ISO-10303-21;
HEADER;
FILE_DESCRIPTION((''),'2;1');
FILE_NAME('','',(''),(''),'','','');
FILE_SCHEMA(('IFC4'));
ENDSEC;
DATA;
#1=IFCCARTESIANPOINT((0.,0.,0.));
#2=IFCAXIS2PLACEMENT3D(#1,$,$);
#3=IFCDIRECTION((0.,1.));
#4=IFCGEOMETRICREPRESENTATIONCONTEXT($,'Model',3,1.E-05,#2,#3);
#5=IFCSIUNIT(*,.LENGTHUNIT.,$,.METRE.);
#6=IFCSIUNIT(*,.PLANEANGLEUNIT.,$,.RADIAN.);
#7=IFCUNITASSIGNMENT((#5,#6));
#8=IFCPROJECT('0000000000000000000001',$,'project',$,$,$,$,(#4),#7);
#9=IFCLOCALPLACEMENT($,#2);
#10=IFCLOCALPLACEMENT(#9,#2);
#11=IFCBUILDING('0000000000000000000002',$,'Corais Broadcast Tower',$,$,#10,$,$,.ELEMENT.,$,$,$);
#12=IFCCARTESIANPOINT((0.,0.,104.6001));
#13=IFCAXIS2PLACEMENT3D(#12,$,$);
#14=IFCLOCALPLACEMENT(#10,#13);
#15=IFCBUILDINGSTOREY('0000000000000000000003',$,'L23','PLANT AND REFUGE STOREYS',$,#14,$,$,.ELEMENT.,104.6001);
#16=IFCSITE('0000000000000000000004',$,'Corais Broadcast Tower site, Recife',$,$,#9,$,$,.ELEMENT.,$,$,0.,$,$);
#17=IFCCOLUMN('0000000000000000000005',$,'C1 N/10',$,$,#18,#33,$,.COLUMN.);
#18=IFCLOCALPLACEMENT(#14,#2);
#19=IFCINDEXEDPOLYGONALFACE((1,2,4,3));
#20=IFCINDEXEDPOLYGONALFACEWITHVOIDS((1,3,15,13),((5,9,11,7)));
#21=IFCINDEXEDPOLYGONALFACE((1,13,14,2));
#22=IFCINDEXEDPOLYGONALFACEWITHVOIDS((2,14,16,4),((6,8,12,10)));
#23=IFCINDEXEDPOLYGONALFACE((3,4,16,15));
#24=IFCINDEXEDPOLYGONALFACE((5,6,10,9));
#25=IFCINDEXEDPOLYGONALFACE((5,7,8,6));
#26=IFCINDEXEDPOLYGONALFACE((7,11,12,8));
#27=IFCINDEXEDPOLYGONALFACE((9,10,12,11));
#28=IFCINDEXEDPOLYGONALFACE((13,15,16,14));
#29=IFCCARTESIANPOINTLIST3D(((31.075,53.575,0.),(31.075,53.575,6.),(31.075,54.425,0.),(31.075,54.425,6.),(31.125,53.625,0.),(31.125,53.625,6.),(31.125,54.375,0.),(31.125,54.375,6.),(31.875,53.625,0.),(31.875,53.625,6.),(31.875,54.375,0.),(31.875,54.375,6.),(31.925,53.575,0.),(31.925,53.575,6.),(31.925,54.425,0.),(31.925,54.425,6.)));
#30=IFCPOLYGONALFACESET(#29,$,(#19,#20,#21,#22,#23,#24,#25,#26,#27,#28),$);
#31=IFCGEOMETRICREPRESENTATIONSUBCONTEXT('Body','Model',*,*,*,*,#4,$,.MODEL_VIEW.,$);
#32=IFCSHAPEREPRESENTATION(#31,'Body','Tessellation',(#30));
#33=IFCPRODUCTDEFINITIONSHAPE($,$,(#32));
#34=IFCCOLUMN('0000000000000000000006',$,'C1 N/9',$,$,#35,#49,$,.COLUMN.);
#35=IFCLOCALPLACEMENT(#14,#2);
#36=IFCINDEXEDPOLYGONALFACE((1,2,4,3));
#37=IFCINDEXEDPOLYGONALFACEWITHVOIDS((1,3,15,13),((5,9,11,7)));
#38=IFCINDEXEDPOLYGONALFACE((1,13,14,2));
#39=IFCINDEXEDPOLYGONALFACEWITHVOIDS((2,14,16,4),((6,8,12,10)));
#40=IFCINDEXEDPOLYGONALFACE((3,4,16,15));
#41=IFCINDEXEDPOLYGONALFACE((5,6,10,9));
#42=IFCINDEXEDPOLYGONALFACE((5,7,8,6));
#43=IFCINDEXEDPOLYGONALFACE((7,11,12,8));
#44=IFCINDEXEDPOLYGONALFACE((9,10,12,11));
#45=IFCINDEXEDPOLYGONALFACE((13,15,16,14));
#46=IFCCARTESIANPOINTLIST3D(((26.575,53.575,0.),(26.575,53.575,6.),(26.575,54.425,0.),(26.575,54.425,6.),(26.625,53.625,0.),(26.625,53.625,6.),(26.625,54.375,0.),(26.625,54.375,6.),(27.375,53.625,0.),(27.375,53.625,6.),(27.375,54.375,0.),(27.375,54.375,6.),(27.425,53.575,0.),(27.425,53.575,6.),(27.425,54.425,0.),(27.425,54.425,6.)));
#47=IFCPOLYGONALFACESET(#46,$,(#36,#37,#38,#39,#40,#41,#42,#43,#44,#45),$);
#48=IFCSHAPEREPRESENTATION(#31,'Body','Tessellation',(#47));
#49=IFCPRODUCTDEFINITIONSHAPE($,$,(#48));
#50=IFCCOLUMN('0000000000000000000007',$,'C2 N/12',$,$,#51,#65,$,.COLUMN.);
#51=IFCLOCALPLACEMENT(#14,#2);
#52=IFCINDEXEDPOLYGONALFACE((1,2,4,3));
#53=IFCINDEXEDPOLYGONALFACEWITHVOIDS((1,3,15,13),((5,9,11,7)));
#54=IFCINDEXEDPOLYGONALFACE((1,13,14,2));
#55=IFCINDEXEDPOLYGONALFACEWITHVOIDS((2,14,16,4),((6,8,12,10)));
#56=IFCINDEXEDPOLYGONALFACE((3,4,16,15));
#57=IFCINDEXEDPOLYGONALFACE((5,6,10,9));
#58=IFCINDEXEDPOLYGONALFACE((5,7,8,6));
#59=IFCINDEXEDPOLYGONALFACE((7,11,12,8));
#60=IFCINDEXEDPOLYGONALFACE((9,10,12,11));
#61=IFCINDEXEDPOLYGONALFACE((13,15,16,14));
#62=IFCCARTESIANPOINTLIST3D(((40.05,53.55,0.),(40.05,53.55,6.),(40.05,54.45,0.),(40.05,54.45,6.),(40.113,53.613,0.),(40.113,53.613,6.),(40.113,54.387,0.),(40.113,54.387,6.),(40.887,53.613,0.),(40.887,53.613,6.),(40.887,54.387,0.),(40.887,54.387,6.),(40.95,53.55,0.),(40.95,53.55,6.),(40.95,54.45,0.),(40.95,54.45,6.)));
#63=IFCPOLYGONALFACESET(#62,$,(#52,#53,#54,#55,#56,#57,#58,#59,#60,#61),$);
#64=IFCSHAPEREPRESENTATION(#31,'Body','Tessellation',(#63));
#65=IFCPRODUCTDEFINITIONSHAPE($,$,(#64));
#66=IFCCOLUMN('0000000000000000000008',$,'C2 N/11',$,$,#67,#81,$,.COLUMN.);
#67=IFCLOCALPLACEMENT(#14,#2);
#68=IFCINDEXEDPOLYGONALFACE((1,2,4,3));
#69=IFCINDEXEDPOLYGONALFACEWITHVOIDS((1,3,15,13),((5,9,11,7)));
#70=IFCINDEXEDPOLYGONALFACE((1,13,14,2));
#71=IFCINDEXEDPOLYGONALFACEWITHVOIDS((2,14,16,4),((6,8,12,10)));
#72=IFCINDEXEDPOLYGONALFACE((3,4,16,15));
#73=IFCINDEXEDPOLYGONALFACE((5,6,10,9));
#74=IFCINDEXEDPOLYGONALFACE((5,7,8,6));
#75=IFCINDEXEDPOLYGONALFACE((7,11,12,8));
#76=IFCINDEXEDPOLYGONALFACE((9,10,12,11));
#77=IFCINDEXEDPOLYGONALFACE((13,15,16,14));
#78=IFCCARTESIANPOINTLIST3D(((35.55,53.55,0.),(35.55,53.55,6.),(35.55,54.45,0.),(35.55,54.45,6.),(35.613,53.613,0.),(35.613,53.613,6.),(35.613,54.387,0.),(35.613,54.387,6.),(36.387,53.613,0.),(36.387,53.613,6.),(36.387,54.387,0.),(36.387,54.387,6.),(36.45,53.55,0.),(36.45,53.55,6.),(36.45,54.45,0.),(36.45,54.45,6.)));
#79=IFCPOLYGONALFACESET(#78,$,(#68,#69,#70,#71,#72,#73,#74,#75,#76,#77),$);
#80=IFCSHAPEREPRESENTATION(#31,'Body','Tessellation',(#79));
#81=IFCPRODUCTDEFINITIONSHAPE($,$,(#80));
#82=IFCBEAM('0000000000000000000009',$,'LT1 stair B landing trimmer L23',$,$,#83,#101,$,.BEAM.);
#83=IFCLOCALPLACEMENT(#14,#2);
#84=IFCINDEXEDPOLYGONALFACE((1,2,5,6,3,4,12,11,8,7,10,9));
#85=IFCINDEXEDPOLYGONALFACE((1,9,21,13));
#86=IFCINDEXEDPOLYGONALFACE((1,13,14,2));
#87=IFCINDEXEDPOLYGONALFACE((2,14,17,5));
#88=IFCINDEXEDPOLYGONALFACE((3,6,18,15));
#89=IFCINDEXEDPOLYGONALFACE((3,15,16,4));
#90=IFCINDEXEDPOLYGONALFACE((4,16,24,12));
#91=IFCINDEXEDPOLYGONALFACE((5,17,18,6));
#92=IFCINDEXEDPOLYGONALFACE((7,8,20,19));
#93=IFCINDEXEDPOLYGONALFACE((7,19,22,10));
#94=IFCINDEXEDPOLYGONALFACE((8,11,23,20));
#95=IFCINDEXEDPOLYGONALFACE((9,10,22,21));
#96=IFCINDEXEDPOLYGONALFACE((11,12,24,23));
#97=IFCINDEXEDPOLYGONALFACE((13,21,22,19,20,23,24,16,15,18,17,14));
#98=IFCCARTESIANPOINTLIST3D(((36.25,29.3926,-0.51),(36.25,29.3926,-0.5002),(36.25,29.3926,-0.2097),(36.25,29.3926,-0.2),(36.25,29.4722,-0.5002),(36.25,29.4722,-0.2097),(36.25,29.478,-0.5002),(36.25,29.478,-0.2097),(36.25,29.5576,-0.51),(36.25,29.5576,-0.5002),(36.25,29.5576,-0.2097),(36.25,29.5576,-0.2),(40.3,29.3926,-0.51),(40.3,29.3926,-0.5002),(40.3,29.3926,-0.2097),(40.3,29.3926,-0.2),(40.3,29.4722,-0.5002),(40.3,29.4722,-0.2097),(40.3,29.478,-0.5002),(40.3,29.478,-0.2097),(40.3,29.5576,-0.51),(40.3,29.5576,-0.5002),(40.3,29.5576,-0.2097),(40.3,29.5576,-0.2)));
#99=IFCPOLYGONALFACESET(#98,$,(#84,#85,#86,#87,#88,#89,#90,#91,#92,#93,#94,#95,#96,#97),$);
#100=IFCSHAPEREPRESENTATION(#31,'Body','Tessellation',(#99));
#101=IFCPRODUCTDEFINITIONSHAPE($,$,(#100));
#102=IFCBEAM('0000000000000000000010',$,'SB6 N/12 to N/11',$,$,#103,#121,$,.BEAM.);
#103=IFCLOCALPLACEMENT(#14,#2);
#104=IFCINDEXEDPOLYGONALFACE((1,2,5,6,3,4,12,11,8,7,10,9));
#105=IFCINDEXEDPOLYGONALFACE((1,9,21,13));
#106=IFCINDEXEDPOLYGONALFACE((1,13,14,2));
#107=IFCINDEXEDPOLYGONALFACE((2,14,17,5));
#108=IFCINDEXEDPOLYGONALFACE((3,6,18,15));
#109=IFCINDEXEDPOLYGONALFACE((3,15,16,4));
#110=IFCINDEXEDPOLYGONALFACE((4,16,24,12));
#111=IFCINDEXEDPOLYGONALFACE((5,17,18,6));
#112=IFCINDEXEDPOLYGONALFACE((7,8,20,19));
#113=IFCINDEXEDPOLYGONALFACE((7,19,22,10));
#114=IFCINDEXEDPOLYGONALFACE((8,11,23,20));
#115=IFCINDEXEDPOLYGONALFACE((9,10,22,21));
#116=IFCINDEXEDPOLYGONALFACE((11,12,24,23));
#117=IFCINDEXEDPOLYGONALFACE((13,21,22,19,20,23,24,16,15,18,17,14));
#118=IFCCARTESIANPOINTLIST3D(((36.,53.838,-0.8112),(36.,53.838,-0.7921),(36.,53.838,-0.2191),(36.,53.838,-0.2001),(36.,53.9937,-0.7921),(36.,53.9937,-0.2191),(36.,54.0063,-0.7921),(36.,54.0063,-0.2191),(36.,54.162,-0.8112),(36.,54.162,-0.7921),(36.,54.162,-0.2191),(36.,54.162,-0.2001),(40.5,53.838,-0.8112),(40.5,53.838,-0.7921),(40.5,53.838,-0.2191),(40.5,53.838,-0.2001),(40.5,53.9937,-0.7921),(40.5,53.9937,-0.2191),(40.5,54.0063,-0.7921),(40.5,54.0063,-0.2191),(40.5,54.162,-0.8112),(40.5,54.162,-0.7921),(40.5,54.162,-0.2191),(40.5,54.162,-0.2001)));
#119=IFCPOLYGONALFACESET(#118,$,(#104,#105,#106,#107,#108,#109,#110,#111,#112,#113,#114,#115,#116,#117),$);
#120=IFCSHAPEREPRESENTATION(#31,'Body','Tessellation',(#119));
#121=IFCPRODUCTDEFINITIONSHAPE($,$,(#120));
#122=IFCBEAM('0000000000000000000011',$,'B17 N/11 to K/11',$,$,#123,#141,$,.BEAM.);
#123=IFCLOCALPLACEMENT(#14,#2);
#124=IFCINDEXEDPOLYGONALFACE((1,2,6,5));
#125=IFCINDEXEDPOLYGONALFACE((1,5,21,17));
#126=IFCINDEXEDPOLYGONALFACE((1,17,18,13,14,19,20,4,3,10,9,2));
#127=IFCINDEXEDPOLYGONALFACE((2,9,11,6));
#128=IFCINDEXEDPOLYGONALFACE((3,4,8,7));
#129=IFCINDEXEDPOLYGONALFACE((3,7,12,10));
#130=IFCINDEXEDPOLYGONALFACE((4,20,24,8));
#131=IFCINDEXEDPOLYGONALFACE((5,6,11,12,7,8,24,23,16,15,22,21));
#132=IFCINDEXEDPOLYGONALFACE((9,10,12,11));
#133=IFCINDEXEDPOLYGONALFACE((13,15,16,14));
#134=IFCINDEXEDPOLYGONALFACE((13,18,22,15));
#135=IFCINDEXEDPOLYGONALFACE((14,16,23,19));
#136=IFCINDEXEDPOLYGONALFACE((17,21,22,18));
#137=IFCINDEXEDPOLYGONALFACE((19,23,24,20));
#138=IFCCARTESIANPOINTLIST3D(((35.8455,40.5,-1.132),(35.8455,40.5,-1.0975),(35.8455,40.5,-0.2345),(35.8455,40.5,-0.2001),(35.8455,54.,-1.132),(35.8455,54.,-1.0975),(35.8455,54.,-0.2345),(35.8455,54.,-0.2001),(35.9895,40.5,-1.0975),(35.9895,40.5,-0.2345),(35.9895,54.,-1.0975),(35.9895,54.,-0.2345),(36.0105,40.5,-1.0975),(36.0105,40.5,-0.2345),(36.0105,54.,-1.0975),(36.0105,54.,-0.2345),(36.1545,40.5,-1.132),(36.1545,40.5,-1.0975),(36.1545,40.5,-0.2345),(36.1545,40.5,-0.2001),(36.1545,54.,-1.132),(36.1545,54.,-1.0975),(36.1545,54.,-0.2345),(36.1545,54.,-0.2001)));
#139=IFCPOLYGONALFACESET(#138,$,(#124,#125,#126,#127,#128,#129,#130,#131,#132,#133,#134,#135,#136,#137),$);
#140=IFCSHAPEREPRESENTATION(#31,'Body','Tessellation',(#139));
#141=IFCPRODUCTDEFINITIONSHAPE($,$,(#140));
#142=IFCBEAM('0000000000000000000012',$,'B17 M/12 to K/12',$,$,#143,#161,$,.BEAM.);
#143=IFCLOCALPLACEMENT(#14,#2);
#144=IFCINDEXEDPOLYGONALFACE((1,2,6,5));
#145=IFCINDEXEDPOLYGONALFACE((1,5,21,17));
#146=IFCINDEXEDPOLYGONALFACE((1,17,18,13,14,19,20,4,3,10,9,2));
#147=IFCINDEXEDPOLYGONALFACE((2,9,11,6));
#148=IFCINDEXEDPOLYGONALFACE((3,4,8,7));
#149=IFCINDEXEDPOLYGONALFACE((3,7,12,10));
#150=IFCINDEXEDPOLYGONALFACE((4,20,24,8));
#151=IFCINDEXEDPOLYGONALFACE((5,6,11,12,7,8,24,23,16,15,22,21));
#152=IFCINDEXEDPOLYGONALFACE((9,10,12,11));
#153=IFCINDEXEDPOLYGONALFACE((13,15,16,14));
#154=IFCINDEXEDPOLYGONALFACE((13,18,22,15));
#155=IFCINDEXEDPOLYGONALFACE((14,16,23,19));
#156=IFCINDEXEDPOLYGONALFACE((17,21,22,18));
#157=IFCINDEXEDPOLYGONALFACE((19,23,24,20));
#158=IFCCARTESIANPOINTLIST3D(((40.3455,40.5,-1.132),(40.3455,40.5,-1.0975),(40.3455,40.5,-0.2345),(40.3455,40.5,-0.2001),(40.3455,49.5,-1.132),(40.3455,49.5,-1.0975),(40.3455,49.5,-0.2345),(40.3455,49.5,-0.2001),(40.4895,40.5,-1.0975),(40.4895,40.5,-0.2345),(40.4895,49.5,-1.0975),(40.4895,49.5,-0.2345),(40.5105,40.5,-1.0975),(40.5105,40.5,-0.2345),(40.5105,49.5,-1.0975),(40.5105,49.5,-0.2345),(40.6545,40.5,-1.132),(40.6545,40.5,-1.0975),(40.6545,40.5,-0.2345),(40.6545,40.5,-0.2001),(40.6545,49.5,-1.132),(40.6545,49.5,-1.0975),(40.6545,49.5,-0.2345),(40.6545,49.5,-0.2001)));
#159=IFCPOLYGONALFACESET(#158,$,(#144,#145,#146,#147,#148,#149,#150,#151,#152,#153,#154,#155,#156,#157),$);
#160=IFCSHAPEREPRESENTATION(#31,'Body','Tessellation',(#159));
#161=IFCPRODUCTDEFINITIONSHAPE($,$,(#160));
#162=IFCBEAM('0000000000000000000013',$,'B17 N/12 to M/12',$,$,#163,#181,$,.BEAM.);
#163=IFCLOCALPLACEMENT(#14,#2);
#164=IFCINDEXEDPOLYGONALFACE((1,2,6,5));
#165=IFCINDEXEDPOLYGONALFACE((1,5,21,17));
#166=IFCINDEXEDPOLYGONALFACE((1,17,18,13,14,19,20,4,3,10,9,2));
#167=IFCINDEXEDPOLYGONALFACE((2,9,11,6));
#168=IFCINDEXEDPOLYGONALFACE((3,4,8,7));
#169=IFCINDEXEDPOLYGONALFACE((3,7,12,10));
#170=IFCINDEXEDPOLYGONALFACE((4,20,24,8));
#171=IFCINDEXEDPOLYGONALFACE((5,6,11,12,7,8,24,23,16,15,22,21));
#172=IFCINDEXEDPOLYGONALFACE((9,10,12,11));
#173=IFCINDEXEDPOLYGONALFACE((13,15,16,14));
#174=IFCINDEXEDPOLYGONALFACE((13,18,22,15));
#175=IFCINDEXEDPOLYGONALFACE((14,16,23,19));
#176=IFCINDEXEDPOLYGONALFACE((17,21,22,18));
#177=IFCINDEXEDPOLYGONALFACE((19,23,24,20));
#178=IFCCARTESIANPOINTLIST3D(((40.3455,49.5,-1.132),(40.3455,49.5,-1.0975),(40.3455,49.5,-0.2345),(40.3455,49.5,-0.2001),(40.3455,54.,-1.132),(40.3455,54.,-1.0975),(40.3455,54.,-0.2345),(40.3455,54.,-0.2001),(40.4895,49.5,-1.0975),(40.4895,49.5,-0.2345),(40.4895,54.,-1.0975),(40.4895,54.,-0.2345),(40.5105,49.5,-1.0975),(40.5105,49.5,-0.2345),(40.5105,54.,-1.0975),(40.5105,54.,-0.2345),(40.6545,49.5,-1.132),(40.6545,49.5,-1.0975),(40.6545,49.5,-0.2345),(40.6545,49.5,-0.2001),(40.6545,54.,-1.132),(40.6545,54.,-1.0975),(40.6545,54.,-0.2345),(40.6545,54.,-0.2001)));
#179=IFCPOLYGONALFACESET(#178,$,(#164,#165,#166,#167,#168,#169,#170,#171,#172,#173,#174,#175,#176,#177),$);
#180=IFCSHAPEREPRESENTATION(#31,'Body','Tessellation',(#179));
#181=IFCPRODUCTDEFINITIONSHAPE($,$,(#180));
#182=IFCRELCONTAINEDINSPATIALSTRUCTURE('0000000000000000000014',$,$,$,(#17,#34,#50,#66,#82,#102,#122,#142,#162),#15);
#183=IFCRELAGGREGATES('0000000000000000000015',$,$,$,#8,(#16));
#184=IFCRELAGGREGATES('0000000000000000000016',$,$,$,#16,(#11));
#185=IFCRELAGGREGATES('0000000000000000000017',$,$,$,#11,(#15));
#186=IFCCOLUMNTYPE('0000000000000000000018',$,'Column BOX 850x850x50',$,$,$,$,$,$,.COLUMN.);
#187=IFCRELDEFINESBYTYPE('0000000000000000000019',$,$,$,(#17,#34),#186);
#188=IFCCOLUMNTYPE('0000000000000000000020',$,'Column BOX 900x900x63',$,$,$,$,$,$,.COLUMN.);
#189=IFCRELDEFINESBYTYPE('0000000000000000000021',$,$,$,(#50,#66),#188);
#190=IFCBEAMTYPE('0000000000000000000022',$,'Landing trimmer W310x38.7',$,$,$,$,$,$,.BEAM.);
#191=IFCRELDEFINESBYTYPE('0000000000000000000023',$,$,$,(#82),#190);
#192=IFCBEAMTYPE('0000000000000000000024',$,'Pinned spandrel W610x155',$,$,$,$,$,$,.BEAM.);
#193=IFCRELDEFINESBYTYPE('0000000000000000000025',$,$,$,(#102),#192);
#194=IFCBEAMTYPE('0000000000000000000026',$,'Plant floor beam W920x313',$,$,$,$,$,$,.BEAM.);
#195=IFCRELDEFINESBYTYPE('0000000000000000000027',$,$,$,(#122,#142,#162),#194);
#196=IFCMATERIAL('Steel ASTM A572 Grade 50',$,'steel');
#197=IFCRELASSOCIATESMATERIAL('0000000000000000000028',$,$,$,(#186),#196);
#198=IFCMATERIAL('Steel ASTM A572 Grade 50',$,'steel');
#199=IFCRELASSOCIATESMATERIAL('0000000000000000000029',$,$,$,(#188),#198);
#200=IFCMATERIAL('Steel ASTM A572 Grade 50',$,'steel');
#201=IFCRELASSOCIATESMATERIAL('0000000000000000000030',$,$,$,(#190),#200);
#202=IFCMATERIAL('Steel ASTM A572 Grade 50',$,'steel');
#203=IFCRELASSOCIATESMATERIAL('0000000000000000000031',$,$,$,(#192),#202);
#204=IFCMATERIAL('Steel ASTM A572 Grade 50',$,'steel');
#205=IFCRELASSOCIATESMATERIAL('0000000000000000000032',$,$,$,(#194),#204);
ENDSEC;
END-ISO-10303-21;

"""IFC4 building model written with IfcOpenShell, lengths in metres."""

from ifc_helpers import new_model, si_unit, direction, frame, origin, origin_2d, place, context, subcontext, project, spatial, hollow_rectangle, i_section, extrude, material, material_profile, profile_set, type_object, element, save


model = new_model("IFC4")

# Units and contexts
model_context = context("Model", 3, precision=1e-05, world=origin(), true_north=direction((0.0, 1.0)))
body_context = subcontext(model_context, "Body", "Model", "MODEL_VIEW")
ifc_project = project(units=[si_unit("LENGTHUNIT", "METRE"), si_unit("PLANEANGLEUNIT", "RADIAN")], contexts=[model_context])

# Site, building, storey
site_placement = place(None, origin())
site = spatial("IfcSite", under=ifc_project, at=site_placement, Name="Corais Broadcast Tower site, Recife", CompositionType="ELEMENT", RefElevation=0.0)
building_placement = place(site_placement, origin())
building = spatial("IfcBuilding", under=site, at=building_placement, Name="Corais Broadcast Tower", CompositionType="ELEMENT")
storey_placement = place(building_placement, frame((0.0, 0.0, 104.6001)))
storey = spatial("IfcBuildingStorey", under=building, at=storey_placement, Name="L23", Description="PLANT AND REFUGE STOREYS", CompositionType="ELEMENT", Elevation=104.6001)

# Columns
ifc_material_1 = material(Name="Steel ASTM A572 Grade 50", Category="steel")
ifc_material_profile_1 = material_profile(ifc_material_1, hollow_rectangle(XDim=0.8501, YDim=0.8501, WallThickness=0.05, at=origin_2d()), Name="BOX 850x850x50")
ifc_profile_set_1 = profile_set([ifc_material_profile_1], Name="Steel ASTM A572 Grade 50")
column_type_1 = type_object("IfcColumnType", Name="Column BOX 850x850x50", PredefinedType="COLUMN", material=ifc_profile_set_1)
for number, where, z_axis, x_axis, name in (
    (1, (31.5, 54.0, 0.0), (0.0, 0.0, 1.0), (1.0, 0.0, 0.0), "C1 N/10"),
    (2, (27.0, 54.0, 0.0), (0.0, 0.0, 1.0), (1.0, 0.0, 0.0), "C1 N/9"),
):
    element("IfcColumn", number, at=place(storey_placement, frame(where, z_axis=z_axis, x_axis=x_axis)), inside=storey, type_object=column_type_1, Name=name, PredefinedType="COLUMN", context=body_context, shape_type="SweptSolid", body=[
        extrude(hollow_rectangle(XDim=0.8501, YDim=0.8501, WallThickness=0.05, at=origin_2d()), origin(), (0.0, 0.0, 1.0), 6.0),
    ])
ifc_material_2 = material(Name="Steel ASTM A572 Grade 50", Category="steel")
ifc_material_profile_2 = material_profile(ifc_material_2, hollow_rectangle(XDim=0.8999, YDim=0.8999, WallThickness=0.063, at=origin_2d()), Name="BOX 900x900x63")
ifc_profile_set_2 = profile_set([ifc_material_profile_2], Name="Steel ASTM A572 Grade 50")
column_type_2 = type_object("IfcColumnType", Name="Column BOX 900x900x63", PredefinedType="COLUMN", material=ifc_profile_set_2)
for number, where, z_axis, x_axis, name in (
    (3, (40.5, 54.0, 0.0), (0.0, 0.0, 1.0), (1.0, 0.0, 0.0), "C2 N/12"),
    (4, (36.0, 54.0, 0.0), (0.0, 0.0, 1.0), (1.0, 0.0, 0.0), "C2 N/11"),
):
    element("IfcColumn", number, at=place(storey_placement, frame(where, z_axis=z_axis, x_axis=x_axis)), inside=storey, type_object=column_type_2, Name=name, PredefinedType="COLUMN", context=body_context, shape_type="SweptSolid", body=[
        extrude(hollow_rectangle(XDim=0.8999, YDim=0.8999, WallThickness=0.063, at=origin_2d()), origin(), (0.0, 0.0, 1.0), 6.0),
    ])

# Beams
ifc_material_3 = material(Name="Steel ASTM A572 Grade 50", Category="steel")
ifc_material_profile_3 = material_profile(ifc_material_3, i_section(OverallWidth=0.165, OverallDepth=0.3101, WebThickness=0.0059, FlangeThickness=0.0098, at=origin_2d()), Name="W310x38.7")
ifc_profile_set_3 = profile_set([ifc_material_profile_3], Name="Steel ASTM A572 Grade 50")
beam_type_1 = type_object("IfcBeamType", Name="Landing trimmer W310x38.7", PredefinedType="BEAM", material=ifc_profile_set_3)
beam_1_placement = place(storey_placement, frame((36.25, 29.4751, -0.355), z_axis=(1.0, 0.0, 0.0), x_axis=(0.0, 1.0, 0.0)))
element("IfcBeam", 5, at=beam_1_placement, inside=storey, type_object=beam_type_1, Name="LT1 stair B landing trimmer L23", PredefinedType="BEAM", context=body_context, shape_type="SweptSolid", body=[
    extrude(i_section(OverallWidth=0.165, OverallDepth=0.3101, WebThickness=0.0059, FlangeThickness=0.0098, at=origin_2d()), origin(), (0.0, 0.0, 1.0), 4.05),
])
ifc_material_4 = material(Name="Steel ASTM A572 Grade 50", Category="steel")
ifc_material_profile_4 = material_profile(ifc_material_4, i_section(OverallWidth=0.324, OverallDepth=0.6111, WebThickness=0.0127, FlangeThickness=0.019, at=origin_2d()), Name="W610x155")
ifc_profile_set_4 = profile_set([ifc_material_profile_4], Name="Steel ASTM A572 Grade 50")
beam_type_2 = type_object("IfcBeamType", Name="Pinned spandrel W610x155", PredefinedType="BEAM", material=ifc_profile_set_4)
beam_2_placement = place(storey_placement, frame((40.5, 54.0, -0.5056), z_axis=(-1.0, 0.0, 0.0), x_axis=(0.0, -1.0, 0.0)))
element("IfcBeam", 6, at=beam_2_placement, inside=storey, type_object=beam_type_2, Name="SB6 N/12 to N/11", PredefinedType="BEAM", context=body_context, shape_type="SweptSolid", body=[
    extrude(i_section(OverallWidth=0.324, OverallDepth=0.6111, WebThickness=0.0127, FlangeThickness=0.019, at=origin_2d()), origin(), (0.0, 0.0, 1.0), 4.5),
])
ifc_material_5 = material(Name="Steel ASTM A572 Grade 50", Category="steel")
ifc_material_profile_5 = material_profile(ifc_material_5, i_section(OverallWidth=0.3091, OverallDepth=0.9319, WebThickness=0.021, FlangeThickness=0.0344, at=origin_2d()), Name="W920x313")
ifc_profile_set_5 = profile_set([ifc_material_profile_5], Name="Steel ASTM A572 Grade 50")
beam_type_3 = type_object("IfcBeamType", Name="Plant floor beam W920x313", PredefinedType="BEAM", material=ifc_profile_set_5)
beam_3_placement = place(storey_placement, frame((36.0, 54.0, -0.666), z_axis=(0.0, -1.0, 0.0), x_axis=(1.0, 0.0, 0.0)))
element("IfcBeam", 7, at=beam_3_placement, inside=storey, type_object=beam_type_3, Name="B17 N/11 to K/11", PredefinedType="BEAM", context=body_context, shape_type="SweptSolid", body=[
    extrude(i_section(OverallWidth=0.3091, OverallDepth=0.9319, WebThickness=0.021, FlangeThickness=0.0344, at=origin_2d()), origin(), (0.0, 0.0, 1.0), 13.5),
])
beam_4_placement = place(storey_placement, frame((40.5, 49.5, -0.666), z_axis=(0.0, -1.0, 0.0), x_axis=(1.0, 0.0, 0.0)))
element("IfcBeam", 8, at=beam_4_placement, inside=storey, type_object=beam_type_3, Name="B17 M/12 to K/12", PredefinedType="BEAM", context=body_context, shape_type="SweptSolid", body=[
    extrude(i_section(OverallWidth=0.3091, OverallDepth=0.9319, WebThickness=0.021, FlangeThickness=0.0344, at=origin_2d()), origin(), (0.0, 0.0, 1.0), 9.0),
])
beam_5_placement = place(storey_placement, frame((40.5, 54.0, -0.666), z_axis=(0.0, -1.0, 0.0), x_axis=(1.0, 0.0, 0.0)))
element("IfcBeam", 9, at=beam_5_placement, inside=storey, type_object=beam_type_3, Name="B17 N/12 to M/12", PredefinedType="BEAM", context=body_context, shape_type="SweptSolid", body=[
    extrude(i_section(OverallWidth=0.3091, OverallDepth=0.9319, WebThickness=0.021, FlangeThickness=0.0344, at=origin_2d()), origin(), (0.0, 0.0, 1.0), 4.5),
])

save(model, "model.ifc")
